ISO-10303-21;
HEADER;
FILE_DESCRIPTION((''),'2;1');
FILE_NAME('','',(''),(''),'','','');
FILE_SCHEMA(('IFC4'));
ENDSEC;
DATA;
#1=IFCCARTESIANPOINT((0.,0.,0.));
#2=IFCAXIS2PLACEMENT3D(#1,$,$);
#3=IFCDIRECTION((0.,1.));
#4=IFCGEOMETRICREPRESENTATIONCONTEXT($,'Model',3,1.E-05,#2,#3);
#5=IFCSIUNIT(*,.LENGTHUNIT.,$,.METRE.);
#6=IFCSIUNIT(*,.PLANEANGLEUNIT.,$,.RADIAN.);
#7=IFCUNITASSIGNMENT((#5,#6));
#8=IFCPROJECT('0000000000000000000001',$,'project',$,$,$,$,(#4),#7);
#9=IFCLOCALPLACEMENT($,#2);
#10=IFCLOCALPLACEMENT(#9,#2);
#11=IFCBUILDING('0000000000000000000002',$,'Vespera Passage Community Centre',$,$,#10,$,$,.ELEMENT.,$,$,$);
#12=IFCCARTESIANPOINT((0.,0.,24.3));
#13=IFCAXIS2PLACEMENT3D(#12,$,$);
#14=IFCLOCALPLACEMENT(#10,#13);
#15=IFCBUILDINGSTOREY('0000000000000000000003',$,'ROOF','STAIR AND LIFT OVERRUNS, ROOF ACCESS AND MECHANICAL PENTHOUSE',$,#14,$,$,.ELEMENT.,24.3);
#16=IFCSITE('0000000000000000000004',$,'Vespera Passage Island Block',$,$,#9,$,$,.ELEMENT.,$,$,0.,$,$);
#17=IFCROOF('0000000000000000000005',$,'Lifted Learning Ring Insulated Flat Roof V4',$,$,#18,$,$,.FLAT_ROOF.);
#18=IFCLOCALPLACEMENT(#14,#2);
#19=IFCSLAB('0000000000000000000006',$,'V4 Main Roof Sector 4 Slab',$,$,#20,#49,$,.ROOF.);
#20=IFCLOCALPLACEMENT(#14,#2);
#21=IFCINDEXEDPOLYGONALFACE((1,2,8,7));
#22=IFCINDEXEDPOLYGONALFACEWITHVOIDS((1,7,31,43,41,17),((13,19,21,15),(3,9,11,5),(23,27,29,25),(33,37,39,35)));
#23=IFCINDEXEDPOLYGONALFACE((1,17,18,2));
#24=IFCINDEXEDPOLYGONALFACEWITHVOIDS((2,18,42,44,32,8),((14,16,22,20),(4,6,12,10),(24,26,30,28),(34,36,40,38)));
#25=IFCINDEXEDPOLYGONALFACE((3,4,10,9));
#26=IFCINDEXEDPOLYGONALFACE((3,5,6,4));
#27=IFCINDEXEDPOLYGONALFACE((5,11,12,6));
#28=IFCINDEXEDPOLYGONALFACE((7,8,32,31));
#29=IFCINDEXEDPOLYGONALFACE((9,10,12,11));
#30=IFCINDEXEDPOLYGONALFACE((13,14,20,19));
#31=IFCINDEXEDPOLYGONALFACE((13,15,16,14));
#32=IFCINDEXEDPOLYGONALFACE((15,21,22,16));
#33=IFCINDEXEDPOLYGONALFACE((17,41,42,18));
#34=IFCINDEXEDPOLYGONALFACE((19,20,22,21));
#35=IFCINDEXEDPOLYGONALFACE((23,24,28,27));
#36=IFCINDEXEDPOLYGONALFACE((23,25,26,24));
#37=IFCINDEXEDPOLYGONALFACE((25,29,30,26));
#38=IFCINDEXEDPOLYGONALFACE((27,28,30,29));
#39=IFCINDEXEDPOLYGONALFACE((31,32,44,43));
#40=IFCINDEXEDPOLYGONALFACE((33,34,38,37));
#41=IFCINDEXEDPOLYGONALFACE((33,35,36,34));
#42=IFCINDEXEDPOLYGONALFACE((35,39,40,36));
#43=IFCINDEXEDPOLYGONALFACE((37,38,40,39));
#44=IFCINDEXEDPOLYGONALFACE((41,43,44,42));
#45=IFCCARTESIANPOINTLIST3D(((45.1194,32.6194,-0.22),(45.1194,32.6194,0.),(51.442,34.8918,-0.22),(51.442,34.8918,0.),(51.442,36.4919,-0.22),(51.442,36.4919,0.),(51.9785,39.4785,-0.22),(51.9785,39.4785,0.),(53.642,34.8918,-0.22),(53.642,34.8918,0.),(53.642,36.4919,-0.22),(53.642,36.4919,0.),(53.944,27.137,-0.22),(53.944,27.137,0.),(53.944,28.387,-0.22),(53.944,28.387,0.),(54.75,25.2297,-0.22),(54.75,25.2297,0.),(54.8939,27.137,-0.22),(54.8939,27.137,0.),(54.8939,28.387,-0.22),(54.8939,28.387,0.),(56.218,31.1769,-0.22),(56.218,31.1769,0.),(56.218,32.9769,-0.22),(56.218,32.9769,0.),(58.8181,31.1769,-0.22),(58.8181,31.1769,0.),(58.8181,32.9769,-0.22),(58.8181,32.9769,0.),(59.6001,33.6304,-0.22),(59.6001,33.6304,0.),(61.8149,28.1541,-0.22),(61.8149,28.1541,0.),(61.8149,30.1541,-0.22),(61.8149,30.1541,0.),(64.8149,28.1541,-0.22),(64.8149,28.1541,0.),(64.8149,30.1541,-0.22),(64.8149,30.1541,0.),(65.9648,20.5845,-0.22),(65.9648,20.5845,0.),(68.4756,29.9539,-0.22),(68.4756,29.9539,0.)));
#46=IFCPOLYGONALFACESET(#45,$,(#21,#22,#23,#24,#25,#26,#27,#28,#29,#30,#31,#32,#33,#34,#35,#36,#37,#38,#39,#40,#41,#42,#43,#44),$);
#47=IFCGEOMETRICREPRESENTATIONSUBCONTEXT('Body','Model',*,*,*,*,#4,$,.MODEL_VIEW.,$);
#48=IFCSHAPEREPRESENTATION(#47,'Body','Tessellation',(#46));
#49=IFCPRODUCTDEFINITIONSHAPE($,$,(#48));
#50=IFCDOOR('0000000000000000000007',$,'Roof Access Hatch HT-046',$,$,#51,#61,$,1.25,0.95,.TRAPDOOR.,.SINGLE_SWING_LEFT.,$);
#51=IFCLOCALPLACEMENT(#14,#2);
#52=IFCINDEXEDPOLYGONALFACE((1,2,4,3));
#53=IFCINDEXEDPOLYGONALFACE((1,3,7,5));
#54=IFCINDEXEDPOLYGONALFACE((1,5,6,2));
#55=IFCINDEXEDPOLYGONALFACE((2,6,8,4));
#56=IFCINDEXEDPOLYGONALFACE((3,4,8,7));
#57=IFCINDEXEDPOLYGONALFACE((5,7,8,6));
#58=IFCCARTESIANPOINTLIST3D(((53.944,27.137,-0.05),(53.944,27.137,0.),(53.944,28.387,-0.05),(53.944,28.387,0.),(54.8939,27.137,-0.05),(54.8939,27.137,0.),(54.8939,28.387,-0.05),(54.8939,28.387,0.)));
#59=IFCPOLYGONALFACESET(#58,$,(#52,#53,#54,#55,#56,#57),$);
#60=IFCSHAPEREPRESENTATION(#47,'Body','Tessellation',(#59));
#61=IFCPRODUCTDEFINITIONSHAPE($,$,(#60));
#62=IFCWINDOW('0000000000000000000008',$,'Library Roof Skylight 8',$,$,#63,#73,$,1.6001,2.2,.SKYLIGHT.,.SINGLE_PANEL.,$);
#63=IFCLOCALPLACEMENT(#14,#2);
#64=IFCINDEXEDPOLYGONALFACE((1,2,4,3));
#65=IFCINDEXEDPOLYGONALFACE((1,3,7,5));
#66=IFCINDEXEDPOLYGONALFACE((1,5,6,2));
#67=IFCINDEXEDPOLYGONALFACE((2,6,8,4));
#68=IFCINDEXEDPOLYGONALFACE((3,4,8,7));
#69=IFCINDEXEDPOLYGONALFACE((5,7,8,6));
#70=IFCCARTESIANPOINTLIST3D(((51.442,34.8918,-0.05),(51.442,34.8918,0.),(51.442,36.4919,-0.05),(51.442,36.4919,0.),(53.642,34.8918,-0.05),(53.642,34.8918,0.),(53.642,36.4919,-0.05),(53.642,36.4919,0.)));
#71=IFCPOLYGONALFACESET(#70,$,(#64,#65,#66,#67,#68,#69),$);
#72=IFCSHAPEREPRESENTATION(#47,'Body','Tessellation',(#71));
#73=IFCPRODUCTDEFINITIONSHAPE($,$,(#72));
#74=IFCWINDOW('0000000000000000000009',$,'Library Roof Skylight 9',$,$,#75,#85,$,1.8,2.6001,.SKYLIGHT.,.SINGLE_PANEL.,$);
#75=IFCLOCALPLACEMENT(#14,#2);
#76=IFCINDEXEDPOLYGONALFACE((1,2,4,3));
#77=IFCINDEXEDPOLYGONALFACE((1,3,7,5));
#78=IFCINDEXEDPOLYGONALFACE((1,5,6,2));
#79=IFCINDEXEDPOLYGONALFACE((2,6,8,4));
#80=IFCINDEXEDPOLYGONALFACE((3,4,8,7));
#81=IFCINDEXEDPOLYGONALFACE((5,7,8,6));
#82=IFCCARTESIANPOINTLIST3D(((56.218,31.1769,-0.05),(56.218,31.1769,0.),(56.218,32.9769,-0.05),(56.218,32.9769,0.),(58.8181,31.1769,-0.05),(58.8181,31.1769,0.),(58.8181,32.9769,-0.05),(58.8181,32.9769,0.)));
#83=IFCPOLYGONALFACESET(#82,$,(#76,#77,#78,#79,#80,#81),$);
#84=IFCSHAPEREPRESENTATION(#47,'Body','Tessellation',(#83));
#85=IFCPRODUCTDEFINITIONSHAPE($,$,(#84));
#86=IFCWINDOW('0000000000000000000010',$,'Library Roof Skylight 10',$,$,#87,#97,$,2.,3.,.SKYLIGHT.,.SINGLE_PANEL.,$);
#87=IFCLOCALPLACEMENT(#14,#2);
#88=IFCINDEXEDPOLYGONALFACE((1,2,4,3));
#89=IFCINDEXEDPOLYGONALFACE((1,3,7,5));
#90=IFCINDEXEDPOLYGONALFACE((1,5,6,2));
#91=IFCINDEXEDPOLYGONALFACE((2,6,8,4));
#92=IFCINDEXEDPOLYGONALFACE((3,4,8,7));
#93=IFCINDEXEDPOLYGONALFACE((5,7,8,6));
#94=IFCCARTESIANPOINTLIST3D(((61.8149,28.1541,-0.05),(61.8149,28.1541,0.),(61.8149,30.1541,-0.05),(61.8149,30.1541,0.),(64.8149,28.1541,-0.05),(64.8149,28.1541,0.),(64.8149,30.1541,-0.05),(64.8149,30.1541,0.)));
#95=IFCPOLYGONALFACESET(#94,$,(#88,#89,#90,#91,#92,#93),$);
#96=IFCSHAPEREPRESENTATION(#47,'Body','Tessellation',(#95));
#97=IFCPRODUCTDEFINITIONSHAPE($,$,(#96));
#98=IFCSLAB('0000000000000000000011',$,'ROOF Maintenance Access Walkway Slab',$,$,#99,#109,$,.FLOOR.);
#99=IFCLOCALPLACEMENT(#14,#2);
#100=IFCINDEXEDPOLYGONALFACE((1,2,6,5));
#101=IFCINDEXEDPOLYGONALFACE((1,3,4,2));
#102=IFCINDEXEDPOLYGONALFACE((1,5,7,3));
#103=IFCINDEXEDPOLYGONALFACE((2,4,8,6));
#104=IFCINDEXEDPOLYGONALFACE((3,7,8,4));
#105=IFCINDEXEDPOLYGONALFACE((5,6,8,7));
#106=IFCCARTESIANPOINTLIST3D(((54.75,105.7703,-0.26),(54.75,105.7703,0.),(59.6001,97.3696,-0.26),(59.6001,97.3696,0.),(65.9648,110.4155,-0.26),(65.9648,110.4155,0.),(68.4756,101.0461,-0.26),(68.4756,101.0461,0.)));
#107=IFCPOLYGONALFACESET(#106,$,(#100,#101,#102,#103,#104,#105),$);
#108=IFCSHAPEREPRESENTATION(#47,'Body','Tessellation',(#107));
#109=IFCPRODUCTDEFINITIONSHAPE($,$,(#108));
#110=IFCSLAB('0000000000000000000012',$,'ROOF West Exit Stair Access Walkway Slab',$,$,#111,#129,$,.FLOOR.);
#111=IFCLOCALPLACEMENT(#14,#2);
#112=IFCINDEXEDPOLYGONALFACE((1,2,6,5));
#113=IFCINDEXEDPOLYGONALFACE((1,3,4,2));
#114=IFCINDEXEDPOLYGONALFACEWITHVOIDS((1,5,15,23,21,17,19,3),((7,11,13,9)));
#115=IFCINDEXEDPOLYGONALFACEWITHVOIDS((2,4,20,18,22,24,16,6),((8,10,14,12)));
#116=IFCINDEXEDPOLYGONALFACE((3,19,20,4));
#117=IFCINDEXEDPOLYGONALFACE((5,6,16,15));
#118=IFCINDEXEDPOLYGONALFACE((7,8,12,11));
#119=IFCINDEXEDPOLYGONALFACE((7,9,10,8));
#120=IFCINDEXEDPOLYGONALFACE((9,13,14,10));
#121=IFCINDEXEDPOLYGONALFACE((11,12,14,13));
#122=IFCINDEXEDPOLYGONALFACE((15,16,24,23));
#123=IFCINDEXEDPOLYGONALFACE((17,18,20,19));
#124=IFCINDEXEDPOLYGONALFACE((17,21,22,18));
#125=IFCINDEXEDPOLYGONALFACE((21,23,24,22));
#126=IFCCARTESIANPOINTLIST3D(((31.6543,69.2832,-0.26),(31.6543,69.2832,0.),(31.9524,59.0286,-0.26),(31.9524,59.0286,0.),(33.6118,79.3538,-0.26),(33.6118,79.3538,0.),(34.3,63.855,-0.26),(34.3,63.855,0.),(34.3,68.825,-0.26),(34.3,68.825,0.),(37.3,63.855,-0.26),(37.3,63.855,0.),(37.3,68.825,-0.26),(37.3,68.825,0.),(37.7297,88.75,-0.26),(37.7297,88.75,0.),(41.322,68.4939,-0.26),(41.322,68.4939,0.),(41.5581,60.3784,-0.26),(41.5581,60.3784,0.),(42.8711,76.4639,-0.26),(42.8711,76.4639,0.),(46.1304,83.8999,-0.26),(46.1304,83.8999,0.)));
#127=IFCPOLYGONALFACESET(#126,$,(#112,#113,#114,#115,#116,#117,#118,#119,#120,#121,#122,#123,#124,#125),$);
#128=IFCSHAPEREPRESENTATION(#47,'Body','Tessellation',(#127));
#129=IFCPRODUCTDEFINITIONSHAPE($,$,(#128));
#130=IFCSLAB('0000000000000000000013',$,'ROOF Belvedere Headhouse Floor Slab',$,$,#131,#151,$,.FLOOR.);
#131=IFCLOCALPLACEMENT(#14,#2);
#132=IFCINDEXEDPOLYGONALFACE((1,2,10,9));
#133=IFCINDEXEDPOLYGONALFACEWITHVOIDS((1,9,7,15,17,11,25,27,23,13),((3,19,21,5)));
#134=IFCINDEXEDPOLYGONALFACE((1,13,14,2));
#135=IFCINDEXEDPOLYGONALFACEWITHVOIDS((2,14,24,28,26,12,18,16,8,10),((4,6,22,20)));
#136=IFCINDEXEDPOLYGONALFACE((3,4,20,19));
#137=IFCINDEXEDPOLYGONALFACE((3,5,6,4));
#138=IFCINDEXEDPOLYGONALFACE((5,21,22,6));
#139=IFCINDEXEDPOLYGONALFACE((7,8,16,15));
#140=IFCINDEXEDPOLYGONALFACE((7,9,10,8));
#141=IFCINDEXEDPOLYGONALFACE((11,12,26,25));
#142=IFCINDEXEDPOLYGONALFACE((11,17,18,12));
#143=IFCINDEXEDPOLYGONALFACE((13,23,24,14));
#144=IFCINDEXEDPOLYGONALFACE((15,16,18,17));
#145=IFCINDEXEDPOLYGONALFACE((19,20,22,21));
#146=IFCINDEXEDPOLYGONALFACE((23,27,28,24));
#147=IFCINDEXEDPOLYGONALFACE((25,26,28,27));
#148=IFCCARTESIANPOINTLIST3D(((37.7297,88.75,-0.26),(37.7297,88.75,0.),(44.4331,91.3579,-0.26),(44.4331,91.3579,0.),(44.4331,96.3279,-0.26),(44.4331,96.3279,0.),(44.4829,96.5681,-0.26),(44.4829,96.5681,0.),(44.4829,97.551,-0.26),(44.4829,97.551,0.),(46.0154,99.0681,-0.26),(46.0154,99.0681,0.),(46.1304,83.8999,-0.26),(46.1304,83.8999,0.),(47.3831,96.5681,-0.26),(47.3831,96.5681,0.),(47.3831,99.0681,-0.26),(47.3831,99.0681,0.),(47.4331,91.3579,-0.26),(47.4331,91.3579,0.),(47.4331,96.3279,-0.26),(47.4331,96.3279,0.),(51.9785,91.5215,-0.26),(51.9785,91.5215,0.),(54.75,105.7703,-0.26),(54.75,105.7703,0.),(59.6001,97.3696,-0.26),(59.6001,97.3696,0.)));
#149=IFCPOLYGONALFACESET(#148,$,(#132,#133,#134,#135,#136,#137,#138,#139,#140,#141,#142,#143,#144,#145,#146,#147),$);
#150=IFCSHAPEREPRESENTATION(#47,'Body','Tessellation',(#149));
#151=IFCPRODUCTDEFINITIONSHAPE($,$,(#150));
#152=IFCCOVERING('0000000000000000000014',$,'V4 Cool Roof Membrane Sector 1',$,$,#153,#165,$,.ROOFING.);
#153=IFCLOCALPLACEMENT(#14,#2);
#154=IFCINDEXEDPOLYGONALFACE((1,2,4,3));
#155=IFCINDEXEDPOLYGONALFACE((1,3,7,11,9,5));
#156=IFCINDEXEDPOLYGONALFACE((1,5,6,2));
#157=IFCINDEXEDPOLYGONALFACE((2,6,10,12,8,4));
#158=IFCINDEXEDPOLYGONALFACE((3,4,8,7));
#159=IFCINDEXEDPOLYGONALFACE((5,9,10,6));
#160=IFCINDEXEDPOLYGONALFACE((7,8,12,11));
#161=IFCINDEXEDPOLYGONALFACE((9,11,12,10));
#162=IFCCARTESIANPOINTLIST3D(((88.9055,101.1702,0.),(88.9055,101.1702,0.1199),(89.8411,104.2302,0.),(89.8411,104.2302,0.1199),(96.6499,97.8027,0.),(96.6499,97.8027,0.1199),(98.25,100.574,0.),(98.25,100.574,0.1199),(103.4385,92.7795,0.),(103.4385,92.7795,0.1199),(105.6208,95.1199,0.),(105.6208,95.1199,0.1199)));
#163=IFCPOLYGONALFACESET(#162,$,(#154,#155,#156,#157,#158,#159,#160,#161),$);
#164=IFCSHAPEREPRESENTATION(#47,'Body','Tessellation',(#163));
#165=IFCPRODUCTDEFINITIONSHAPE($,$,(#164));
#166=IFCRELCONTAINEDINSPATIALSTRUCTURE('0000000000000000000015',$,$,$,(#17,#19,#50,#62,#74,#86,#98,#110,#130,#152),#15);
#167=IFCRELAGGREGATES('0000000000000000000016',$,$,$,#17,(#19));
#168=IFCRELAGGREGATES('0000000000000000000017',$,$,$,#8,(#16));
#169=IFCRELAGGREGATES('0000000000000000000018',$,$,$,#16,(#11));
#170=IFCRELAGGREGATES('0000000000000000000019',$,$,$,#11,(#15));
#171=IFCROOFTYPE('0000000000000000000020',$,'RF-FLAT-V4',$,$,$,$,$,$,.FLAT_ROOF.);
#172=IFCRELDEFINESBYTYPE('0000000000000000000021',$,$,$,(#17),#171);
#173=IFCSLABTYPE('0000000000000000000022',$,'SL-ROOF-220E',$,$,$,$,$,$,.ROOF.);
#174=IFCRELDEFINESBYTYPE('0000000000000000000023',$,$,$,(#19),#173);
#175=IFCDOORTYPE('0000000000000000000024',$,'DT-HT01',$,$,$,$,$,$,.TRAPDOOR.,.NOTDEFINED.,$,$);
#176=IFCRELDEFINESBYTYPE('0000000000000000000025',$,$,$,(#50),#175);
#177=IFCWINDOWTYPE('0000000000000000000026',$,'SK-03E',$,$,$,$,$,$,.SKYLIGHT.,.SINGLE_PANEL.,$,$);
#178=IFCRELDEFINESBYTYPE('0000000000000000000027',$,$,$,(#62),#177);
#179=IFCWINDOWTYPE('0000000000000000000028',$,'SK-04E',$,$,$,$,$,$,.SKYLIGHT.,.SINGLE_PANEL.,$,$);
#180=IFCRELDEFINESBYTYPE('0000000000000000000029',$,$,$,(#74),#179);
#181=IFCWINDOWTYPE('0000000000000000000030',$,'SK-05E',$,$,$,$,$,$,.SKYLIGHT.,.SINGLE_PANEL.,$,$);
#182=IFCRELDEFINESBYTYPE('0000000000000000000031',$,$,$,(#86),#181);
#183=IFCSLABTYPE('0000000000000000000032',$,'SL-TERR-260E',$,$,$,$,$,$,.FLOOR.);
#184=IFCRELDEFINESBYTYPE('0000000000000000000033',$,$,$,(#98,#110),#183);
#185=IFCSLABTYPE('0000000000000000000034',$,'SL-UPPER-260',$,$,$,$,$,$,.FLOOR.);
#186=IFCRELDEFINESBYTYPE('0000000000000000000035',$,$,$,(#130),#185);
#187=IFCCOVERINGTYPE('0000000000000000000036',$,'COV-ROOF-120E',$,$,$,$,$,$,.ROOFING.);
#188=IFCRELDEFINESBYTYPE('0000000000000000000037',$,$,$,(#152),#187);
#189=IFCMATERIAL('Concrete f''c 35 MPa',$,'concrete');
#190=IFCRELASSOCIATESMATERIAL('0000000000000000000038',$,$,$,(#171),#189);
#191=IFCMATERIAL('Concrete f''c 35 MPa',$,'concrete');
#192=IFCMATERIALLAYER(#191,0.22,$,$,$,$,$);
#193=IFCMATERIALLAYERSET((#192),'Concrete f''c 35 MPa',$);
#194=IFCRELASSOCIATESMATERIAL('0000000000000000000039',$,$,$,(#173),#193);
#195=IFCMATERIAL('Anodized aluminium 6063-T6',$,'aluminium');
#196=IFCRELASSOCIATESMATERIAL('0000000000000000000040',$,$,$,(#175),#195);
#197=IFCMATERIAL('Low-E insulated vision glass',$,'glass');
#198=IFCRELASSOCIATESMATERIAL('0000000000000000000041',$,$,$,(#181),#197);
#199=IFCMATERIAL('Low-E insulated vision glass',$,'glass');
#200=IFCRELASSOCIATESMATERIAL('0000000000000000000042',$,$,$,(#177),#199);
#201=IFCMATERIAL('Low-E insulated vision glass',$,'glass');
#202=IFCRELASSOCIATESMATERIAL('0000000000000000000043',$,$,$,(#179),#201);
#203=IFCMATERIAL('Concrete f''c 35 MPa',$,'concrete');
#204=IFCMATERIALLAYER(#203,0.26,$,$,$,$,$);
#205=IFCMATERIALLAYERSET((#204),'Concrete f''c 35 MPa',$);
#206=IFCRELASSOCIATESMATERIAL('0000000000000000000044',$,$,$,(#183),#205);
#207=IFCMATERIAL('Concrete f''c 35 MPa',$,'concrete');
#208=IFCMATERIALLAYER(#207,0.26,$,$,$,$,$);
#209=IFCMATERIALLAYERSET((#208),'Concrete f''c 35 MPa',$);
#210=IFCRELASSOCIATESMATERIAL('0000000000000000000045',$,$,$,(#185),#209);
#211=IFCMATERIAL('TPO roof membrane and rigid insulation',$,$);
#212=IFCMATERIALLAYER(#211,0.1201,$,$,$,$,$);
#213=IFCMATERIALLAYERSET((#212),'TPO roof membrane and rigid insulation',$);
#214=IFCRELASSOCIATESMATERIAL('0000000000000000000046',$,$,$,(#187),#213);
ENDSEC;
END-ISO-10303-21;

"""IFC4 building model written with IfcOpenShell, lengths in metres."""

from ifc_helpers import new_model, si_unit, direction, frame, origin, origin_2d, place, context, subcontext, project, spatial, polyline, rectangle, outline, extrude, material, layer, layer_set, type_object, element, fill, aggregate, save


model = new_model("IFC4")

# Units and contexts
model_context = context("Model", 3, precision=1e-05, world=origin(), true_north=direction((0.0, 1.0)))
body_context = subcontext(model_context, "Body", "Model", "MODEL_VIEW")
ifc_project = project(units=[si_unit("LENGTHUNIT", "METRE"), si_unit("PLANEANGLEUNIT", "RADIAN")], contexts=[model_context])

# Site, building, storey
site_placement = place(None, origin())
site = spatial("IfcSite", under=ifc_project, at=site_placement, Name="Vespera Passage Island Block", CompositionType="ELEMENT", RefElevation=0.0)
building_placement = place(site_placement, origin())
building = spatial("IfcBuilding", under=site, at=building_placement, Name="Vespera Passage Community Centre", CompositionType="ELEMENT")
storey_placement = place(building_placement, frame((0.0, 0.0, 24.3)))
storey = spatial("IfcBuildingStorey", under=building, at=storey_placement, Name="ROOF", Description="STAIR AND LIFT OVERRUNS, ROOF ACCESS AND MECHANICAL PENTHOUSE", CompositionType="ELEMENT", Elevation=24.3)

# Roof, slab, openings, door, windows
ifc_material_1 = material(Name="Concrete f'c 35 MPa", Category="concrete")
roof_type = type_object("IfcRoofType", Name="RF-FLAT-V4", PredefinedType="FLAT_ROOF", material=ifc_material_1)
roof_placement = place(storey_placement, origin())
roof = element("IfcRoof", 1, at=roof_placement, inside=storey, type_object=roof_type, Name="Lifted Learning Ring Insulated Flat Roof V4", PredefinedType="FLAT_ROOF")
ifc_material_2 = material(Name="Concrete f'c 35 MPa", Category="concrete")
ifc_layer_1 = layer(ifc_material_2, 0.22)
ifc_layer_set_1 = layer_set([ifc_layer_1], Name="Concrete f'c 35 MPa")
slab_type_1 = type_object("IfcSlabType", Name="SL-ROOF-220E", PredefinedType="ROOF", material=ifc_layer_set_1)
ifc_material_3 = material(Name="Anodized aluminium 6063-T6", Category="aluminium")
door_type_1 = type_object("IfcDoorType", Name="DT-HT01", OperationType="NOTDEFINED", PredefinedType="TRAPDOOR", material=ifc_material_3)
ifc_material_4 = material(Name="Low-E insulated vision glass", Category="glass")
window_type_1 = type_object("IfcWindowType", Name="SK-05E", PartitioningType="SINGLE_PANEL", PredefinedType="SKYLIGHT", material=ifc_material_4)
ifc_material_5 = material(Name="Low-E insulated vision glass", Category="glass")
window_type_2 = type_object("IfcWindowType", Name="SK-03E", PartitioningType="SINGLE_PANEL", PredefinedType="SKYLIGHT", material=ifc_material_5)
ifc_material_6 = material(Name="Low-E insulated vision glass", Category="glass")
window_type_3 = type_object("IfcWindowType", Name="SK-04E", PartitioningType="SINGLE_PANEL", PredefinedType="SKYLIGHT", material=ifc_material_6)
slab_1_placement = place(storey_placement, frame((0.0, 0.0, -0.22)))
slab_1 = element("IfcSlab", 2, at=slab_1_placement, inside=storey, type_object=slab_type_1, Name="V4 Main Roof Sector 4 Slab", PredefinedType="ROOF", context=body_context, shape_type="SweptSolid", body=[
    extrude(outline(polyline([(45.1194, 32.6194), (54.75, 25.2297), (65.9648, 20.5845), (68.4756, 29.9539), (59.6001, 33.6304), (51.9785, 39.4785), (45.1194, 32.6194)])), origin(), (0.0, 0.0, 1.0), 0.22),
])
opening_1_placement = place(slab_1_placement, frame((52.542, 35.6919, 0.0)))
opening_1 = element("IfcOpeningElement", 3, at=opening_1_placement, cuts=slab_1, PredefinedType="OPENING", context=body_context, shape_type="SweptSolid", body=[
    extrude(rectangle(XDim=2.2, YDim=1.6001, at=origin_2d()), frame((0.0, 0.0, -0.01)), (0.0, 0.0, 1.0), 0.24),
])
opening_2_placement = place(slab_1_placement, frame((57.5181, 32.0769, 0.0)))
opening_2 = element("IfcOpeningElement", 4, at=opening_2_placement, cuts=slab_1, PredefinedType="OPENING", context=body_context, shape_type="SweptSolid", body=[
    extrude(rectangle(XDim=2.6001, YDim=1.8, at=origin_2d()), frame((0.0, 0.0, -0.01)), (0.0, 0.0, 1.0), 0.24),
])
opening_3_placement = place(slab_1_placement, frame((63.3149, 29.1541, 0.0)))
opening_3 = element("IfcOpeningElement", 5, at=opening_3_placement, cuts=slab_1, PredefinedType="OPENING", context=body_context, shape_type="SweptSolid", body=[
    extrude(rectangle(XDim=3.0, YDim=2.0, at=origin_2d()), frame((0.0, 0.0, -0.01)), (0.0, 0.0, 1.0), 0.24),
])
opening_4_placement = place(slab_1_placement, frame((54.4189, 27.762, 0.0)))
opening_4 = element("IfcOpeningElement", 6, at=opening_4_placement, cuts=slab_1, PredefinedType="OPENING", context=body_context, shape_type="SweptSolid", body=[
    extrude(rectangle(XDim=0.95, YDim=1.25, at=origin_2d()), frame((0.0, 0.0, -0.01)), (0.0, 0.0, 1.0), 0.24),
])
door_1_placement = place(opening_4_placement, frame((0.0, 0.0, 0.1699)))
door_1 = element("IfcDoor", 7, at=door_1_placement, inside=storey, type_object=door_type_1, Name="Roof Access Hatch HT-046", OperationType="SINGLE_SWING_LEFT", OverallHeight=1.25, OverallWidth=0.95, PredefinedType="TRAPDOOR", context=body_context, shape_type="SweptSolid", body=[
    extrude(rectangle(XDim=0.95, YDim=1.25, at=origin_2d()), origin(), (0.0, 0.0, 1.0), 0.05),
])
fill(opening_4, door_1)
window_1_placement = place(opening_1_placement, frame((0.0, 0.0, 0.1699)))
window_1 = element("IfcWindow", 8, at=window_1_placement, inside=storey, type_object=window_type_2, Name="Library Roof Skylight 8", OverallHeight=1.6001, OverallWidth=2.2, PartitioningType="SINGLE_PANEL", PredefinedType="SKYLIGHT", context=body_context, shape_type="SweptSolid", body=[
    extrude(rectangle(XDim=2.2, YDim=1.6001, at=origin_2d()), origin(), (0.0, 0.0, 1.0), 0.05),
])
fill(opening_1, window_1)
window_2_placement = place(opening_2_placement, frame((0.0, 0.0, 0.1699)))
window_2 = element("IfcWindow", 9, at=window_2_placement, inside=storey, type_object=window_type_3, Name="Library Roof Skylight 9", OverallHeight=1.8, OverallWidth=2.6001, PartitioningType="SINGLE_PANEL", PredefinedType="SKYLIGHT", context=body_context, shape_type="SweptSolid", body=[
    extrude(rectangle(XDim=2.6001, YDim=1.8, at=origin_2d()), origin(), (0.0, 0.0, 1.0), 0.05),
])
fill(opening_2, window_2)
window_3_placement = place(opening_3_placement, frame((0.0, 0.0, 0.1699)))
window_3 = element("IfcWindow", 10, at=window_3_placement, inside=storey, type_object=window_type_1, Name="Library Roof Skylight 10", OverallHeight=2.0, OverallWidth=3.0, PartitioningType="SINGLE_PANEL", PredefinedType="SKYLIGHT", context=body_context, shape_type="SweptSolid", body=[
    extrude(rectangle(XDim=3.0, YDim=2.0, at=origin_2d()), origin(), (0.0, 0.0, 1.0), 0.05),
])
fill(opening_3, window_3)
aggregate(roof, [slab_1])

# Slabs
ifc_material_7 = material(Name="Concrete f'c 35 MPa", Category="concrete")
ifc_layer_2 = layer(ifc_material_7, 0.26)
ifc_layer_set_2 = layer_set([ifc_layer_2], Name="Concrete f'c 35 MPa")
slab_type_2 = type_object("IfcSlabType", Name="SL-TERR-260E", PredefinedType="FLOOR", material=ifc_layer_set_2)
slab_2_placement = place(storey_placement, frame((0.0, 0.0, -0.26)))
element("IfcSlab", 11, at=slab_2_placement, inside=storey, type_object=slab_type_2, Name="ROOF Maintenance Access Walkway Slab", PredefinedType="FLOOR", context=body_context, shape_type="SweptSolid", body=[
    extrude(outline(polyline([(65.9648, 110.4155), (54.75, 105.7703), (59.6001, 97.3696), (68.4756, 101.0461), (65.9648, 110.4155)])), origin(), (0.0, 0.0, 1.0), 0.26),
])
slab_3_placement = place(storey_placement, frame((0.0, 0.0, -0.26)))
element("IfcSlab", 12, at=slab_3_placement, inside=storey, type_object=slab_type_2, Name="ROOF West Exit Stair Access Walkway Slab", PredefinedType="FLOOR", context=body_context, shape_type="SweptSolid", body=[
    extrude(outline(polyline([(46.1304, 83.8999), (42.8711, 76.4639), (41.322, 68.4939), (41.5581, 60.3784), (31.9524, 59.0286), (31.6543, 69.2832), (33.6118, 79.3538), (37.7297, 88.75), (46.1304, 83.8999)]), holes=[polyline([(37.3, 68.825), (34.3, 68.825), (34.3, 63.855), (37.3, 63.855), (37.3, 68.825)])]), origin(), (0.0, 0.0, 1.0), 0.26),
])
ifc_material_8 = material(Name="Concrete f'c 35 MPa", Category="concrete")
ifc_layer_3 = layer(ifc_material_8, 0.26)
ifc_layer_set_3 = layer_set([ifc_layer_3], Name="Concrete f'c 35 MPa")
slab_type_3 = type_object("IfcSlabType", Name="SL-UPPER-260", PredefinedType="FLOOR", material=ifc_layer_set_3)
slab_4_placement = place(storey_placement, frame((0.0, 0.0, -0.26)))
element("IfcSlab", 13, at=slab_4_placement, inside=storey, type_object=slab_type_3, Name="ROOF Belvedere Headhouse Floor Slab", PredefinedType="FLOOR", context=body_context, shape_type="SweptSolid", body=[
    extrude(outline(polyline([(51.9785, 91.5215), (46.1304, 83.8999), (37.7297, 88.75), (44.4829, 97.551), (44.4829, 96.5681), (47.3831, 96.5681), (47.3831, 99.0681), (46.0154, 99.0681), (54.75, 105.7703), (59.6001, 97.3696), (51.9785, 91.5215)]), holes=[polyline([(44.4331, 96.3279), (44.4331, 91.3579), (47.4331, 91.3579), (47.4331, 96.3279), (44.4331, 96.3279)])]), origin(), (0.0, 0.0, 1.0), 0.26),
])

# Covering
ifc_material_9 = material(Name="TPO roof membrane and rigid insulation")
ifc_layer_4 = layer(ifc_material_9, 0.1201)
ifc_layer_set_4 = layer_set([ifc_layer_4], Name="TPO roof membrane and rigid insulation")
covering_type = type_object("IfcCoveringType", Name="COV-ROOF-120E", PredefinedType="ROOFING", material=ifc_layer_set_4)
covering_placement = place(storey_placement, origin())
element("IfcCovering", 14, at=covering_placement, inside=storey, type_object=covering_type, Name="V4 Cool Roof Membrane Sector 1", PredefinedType="ROOFING", context=body_context, shape_type="SweptSolid", body=[
    extrude(outline(polyline([(105.6208, 95.1199), (98.25, 100.574), (89.8411, 104.2302), (88.9055, 101.1702), (96.6499, 97.8027), (103.4385, 92.7795), (105.6208, 95.1199)])), origin(), (0.0, 0.0, 1.0), 0.1199),
])

save(model, "model.ifc")
